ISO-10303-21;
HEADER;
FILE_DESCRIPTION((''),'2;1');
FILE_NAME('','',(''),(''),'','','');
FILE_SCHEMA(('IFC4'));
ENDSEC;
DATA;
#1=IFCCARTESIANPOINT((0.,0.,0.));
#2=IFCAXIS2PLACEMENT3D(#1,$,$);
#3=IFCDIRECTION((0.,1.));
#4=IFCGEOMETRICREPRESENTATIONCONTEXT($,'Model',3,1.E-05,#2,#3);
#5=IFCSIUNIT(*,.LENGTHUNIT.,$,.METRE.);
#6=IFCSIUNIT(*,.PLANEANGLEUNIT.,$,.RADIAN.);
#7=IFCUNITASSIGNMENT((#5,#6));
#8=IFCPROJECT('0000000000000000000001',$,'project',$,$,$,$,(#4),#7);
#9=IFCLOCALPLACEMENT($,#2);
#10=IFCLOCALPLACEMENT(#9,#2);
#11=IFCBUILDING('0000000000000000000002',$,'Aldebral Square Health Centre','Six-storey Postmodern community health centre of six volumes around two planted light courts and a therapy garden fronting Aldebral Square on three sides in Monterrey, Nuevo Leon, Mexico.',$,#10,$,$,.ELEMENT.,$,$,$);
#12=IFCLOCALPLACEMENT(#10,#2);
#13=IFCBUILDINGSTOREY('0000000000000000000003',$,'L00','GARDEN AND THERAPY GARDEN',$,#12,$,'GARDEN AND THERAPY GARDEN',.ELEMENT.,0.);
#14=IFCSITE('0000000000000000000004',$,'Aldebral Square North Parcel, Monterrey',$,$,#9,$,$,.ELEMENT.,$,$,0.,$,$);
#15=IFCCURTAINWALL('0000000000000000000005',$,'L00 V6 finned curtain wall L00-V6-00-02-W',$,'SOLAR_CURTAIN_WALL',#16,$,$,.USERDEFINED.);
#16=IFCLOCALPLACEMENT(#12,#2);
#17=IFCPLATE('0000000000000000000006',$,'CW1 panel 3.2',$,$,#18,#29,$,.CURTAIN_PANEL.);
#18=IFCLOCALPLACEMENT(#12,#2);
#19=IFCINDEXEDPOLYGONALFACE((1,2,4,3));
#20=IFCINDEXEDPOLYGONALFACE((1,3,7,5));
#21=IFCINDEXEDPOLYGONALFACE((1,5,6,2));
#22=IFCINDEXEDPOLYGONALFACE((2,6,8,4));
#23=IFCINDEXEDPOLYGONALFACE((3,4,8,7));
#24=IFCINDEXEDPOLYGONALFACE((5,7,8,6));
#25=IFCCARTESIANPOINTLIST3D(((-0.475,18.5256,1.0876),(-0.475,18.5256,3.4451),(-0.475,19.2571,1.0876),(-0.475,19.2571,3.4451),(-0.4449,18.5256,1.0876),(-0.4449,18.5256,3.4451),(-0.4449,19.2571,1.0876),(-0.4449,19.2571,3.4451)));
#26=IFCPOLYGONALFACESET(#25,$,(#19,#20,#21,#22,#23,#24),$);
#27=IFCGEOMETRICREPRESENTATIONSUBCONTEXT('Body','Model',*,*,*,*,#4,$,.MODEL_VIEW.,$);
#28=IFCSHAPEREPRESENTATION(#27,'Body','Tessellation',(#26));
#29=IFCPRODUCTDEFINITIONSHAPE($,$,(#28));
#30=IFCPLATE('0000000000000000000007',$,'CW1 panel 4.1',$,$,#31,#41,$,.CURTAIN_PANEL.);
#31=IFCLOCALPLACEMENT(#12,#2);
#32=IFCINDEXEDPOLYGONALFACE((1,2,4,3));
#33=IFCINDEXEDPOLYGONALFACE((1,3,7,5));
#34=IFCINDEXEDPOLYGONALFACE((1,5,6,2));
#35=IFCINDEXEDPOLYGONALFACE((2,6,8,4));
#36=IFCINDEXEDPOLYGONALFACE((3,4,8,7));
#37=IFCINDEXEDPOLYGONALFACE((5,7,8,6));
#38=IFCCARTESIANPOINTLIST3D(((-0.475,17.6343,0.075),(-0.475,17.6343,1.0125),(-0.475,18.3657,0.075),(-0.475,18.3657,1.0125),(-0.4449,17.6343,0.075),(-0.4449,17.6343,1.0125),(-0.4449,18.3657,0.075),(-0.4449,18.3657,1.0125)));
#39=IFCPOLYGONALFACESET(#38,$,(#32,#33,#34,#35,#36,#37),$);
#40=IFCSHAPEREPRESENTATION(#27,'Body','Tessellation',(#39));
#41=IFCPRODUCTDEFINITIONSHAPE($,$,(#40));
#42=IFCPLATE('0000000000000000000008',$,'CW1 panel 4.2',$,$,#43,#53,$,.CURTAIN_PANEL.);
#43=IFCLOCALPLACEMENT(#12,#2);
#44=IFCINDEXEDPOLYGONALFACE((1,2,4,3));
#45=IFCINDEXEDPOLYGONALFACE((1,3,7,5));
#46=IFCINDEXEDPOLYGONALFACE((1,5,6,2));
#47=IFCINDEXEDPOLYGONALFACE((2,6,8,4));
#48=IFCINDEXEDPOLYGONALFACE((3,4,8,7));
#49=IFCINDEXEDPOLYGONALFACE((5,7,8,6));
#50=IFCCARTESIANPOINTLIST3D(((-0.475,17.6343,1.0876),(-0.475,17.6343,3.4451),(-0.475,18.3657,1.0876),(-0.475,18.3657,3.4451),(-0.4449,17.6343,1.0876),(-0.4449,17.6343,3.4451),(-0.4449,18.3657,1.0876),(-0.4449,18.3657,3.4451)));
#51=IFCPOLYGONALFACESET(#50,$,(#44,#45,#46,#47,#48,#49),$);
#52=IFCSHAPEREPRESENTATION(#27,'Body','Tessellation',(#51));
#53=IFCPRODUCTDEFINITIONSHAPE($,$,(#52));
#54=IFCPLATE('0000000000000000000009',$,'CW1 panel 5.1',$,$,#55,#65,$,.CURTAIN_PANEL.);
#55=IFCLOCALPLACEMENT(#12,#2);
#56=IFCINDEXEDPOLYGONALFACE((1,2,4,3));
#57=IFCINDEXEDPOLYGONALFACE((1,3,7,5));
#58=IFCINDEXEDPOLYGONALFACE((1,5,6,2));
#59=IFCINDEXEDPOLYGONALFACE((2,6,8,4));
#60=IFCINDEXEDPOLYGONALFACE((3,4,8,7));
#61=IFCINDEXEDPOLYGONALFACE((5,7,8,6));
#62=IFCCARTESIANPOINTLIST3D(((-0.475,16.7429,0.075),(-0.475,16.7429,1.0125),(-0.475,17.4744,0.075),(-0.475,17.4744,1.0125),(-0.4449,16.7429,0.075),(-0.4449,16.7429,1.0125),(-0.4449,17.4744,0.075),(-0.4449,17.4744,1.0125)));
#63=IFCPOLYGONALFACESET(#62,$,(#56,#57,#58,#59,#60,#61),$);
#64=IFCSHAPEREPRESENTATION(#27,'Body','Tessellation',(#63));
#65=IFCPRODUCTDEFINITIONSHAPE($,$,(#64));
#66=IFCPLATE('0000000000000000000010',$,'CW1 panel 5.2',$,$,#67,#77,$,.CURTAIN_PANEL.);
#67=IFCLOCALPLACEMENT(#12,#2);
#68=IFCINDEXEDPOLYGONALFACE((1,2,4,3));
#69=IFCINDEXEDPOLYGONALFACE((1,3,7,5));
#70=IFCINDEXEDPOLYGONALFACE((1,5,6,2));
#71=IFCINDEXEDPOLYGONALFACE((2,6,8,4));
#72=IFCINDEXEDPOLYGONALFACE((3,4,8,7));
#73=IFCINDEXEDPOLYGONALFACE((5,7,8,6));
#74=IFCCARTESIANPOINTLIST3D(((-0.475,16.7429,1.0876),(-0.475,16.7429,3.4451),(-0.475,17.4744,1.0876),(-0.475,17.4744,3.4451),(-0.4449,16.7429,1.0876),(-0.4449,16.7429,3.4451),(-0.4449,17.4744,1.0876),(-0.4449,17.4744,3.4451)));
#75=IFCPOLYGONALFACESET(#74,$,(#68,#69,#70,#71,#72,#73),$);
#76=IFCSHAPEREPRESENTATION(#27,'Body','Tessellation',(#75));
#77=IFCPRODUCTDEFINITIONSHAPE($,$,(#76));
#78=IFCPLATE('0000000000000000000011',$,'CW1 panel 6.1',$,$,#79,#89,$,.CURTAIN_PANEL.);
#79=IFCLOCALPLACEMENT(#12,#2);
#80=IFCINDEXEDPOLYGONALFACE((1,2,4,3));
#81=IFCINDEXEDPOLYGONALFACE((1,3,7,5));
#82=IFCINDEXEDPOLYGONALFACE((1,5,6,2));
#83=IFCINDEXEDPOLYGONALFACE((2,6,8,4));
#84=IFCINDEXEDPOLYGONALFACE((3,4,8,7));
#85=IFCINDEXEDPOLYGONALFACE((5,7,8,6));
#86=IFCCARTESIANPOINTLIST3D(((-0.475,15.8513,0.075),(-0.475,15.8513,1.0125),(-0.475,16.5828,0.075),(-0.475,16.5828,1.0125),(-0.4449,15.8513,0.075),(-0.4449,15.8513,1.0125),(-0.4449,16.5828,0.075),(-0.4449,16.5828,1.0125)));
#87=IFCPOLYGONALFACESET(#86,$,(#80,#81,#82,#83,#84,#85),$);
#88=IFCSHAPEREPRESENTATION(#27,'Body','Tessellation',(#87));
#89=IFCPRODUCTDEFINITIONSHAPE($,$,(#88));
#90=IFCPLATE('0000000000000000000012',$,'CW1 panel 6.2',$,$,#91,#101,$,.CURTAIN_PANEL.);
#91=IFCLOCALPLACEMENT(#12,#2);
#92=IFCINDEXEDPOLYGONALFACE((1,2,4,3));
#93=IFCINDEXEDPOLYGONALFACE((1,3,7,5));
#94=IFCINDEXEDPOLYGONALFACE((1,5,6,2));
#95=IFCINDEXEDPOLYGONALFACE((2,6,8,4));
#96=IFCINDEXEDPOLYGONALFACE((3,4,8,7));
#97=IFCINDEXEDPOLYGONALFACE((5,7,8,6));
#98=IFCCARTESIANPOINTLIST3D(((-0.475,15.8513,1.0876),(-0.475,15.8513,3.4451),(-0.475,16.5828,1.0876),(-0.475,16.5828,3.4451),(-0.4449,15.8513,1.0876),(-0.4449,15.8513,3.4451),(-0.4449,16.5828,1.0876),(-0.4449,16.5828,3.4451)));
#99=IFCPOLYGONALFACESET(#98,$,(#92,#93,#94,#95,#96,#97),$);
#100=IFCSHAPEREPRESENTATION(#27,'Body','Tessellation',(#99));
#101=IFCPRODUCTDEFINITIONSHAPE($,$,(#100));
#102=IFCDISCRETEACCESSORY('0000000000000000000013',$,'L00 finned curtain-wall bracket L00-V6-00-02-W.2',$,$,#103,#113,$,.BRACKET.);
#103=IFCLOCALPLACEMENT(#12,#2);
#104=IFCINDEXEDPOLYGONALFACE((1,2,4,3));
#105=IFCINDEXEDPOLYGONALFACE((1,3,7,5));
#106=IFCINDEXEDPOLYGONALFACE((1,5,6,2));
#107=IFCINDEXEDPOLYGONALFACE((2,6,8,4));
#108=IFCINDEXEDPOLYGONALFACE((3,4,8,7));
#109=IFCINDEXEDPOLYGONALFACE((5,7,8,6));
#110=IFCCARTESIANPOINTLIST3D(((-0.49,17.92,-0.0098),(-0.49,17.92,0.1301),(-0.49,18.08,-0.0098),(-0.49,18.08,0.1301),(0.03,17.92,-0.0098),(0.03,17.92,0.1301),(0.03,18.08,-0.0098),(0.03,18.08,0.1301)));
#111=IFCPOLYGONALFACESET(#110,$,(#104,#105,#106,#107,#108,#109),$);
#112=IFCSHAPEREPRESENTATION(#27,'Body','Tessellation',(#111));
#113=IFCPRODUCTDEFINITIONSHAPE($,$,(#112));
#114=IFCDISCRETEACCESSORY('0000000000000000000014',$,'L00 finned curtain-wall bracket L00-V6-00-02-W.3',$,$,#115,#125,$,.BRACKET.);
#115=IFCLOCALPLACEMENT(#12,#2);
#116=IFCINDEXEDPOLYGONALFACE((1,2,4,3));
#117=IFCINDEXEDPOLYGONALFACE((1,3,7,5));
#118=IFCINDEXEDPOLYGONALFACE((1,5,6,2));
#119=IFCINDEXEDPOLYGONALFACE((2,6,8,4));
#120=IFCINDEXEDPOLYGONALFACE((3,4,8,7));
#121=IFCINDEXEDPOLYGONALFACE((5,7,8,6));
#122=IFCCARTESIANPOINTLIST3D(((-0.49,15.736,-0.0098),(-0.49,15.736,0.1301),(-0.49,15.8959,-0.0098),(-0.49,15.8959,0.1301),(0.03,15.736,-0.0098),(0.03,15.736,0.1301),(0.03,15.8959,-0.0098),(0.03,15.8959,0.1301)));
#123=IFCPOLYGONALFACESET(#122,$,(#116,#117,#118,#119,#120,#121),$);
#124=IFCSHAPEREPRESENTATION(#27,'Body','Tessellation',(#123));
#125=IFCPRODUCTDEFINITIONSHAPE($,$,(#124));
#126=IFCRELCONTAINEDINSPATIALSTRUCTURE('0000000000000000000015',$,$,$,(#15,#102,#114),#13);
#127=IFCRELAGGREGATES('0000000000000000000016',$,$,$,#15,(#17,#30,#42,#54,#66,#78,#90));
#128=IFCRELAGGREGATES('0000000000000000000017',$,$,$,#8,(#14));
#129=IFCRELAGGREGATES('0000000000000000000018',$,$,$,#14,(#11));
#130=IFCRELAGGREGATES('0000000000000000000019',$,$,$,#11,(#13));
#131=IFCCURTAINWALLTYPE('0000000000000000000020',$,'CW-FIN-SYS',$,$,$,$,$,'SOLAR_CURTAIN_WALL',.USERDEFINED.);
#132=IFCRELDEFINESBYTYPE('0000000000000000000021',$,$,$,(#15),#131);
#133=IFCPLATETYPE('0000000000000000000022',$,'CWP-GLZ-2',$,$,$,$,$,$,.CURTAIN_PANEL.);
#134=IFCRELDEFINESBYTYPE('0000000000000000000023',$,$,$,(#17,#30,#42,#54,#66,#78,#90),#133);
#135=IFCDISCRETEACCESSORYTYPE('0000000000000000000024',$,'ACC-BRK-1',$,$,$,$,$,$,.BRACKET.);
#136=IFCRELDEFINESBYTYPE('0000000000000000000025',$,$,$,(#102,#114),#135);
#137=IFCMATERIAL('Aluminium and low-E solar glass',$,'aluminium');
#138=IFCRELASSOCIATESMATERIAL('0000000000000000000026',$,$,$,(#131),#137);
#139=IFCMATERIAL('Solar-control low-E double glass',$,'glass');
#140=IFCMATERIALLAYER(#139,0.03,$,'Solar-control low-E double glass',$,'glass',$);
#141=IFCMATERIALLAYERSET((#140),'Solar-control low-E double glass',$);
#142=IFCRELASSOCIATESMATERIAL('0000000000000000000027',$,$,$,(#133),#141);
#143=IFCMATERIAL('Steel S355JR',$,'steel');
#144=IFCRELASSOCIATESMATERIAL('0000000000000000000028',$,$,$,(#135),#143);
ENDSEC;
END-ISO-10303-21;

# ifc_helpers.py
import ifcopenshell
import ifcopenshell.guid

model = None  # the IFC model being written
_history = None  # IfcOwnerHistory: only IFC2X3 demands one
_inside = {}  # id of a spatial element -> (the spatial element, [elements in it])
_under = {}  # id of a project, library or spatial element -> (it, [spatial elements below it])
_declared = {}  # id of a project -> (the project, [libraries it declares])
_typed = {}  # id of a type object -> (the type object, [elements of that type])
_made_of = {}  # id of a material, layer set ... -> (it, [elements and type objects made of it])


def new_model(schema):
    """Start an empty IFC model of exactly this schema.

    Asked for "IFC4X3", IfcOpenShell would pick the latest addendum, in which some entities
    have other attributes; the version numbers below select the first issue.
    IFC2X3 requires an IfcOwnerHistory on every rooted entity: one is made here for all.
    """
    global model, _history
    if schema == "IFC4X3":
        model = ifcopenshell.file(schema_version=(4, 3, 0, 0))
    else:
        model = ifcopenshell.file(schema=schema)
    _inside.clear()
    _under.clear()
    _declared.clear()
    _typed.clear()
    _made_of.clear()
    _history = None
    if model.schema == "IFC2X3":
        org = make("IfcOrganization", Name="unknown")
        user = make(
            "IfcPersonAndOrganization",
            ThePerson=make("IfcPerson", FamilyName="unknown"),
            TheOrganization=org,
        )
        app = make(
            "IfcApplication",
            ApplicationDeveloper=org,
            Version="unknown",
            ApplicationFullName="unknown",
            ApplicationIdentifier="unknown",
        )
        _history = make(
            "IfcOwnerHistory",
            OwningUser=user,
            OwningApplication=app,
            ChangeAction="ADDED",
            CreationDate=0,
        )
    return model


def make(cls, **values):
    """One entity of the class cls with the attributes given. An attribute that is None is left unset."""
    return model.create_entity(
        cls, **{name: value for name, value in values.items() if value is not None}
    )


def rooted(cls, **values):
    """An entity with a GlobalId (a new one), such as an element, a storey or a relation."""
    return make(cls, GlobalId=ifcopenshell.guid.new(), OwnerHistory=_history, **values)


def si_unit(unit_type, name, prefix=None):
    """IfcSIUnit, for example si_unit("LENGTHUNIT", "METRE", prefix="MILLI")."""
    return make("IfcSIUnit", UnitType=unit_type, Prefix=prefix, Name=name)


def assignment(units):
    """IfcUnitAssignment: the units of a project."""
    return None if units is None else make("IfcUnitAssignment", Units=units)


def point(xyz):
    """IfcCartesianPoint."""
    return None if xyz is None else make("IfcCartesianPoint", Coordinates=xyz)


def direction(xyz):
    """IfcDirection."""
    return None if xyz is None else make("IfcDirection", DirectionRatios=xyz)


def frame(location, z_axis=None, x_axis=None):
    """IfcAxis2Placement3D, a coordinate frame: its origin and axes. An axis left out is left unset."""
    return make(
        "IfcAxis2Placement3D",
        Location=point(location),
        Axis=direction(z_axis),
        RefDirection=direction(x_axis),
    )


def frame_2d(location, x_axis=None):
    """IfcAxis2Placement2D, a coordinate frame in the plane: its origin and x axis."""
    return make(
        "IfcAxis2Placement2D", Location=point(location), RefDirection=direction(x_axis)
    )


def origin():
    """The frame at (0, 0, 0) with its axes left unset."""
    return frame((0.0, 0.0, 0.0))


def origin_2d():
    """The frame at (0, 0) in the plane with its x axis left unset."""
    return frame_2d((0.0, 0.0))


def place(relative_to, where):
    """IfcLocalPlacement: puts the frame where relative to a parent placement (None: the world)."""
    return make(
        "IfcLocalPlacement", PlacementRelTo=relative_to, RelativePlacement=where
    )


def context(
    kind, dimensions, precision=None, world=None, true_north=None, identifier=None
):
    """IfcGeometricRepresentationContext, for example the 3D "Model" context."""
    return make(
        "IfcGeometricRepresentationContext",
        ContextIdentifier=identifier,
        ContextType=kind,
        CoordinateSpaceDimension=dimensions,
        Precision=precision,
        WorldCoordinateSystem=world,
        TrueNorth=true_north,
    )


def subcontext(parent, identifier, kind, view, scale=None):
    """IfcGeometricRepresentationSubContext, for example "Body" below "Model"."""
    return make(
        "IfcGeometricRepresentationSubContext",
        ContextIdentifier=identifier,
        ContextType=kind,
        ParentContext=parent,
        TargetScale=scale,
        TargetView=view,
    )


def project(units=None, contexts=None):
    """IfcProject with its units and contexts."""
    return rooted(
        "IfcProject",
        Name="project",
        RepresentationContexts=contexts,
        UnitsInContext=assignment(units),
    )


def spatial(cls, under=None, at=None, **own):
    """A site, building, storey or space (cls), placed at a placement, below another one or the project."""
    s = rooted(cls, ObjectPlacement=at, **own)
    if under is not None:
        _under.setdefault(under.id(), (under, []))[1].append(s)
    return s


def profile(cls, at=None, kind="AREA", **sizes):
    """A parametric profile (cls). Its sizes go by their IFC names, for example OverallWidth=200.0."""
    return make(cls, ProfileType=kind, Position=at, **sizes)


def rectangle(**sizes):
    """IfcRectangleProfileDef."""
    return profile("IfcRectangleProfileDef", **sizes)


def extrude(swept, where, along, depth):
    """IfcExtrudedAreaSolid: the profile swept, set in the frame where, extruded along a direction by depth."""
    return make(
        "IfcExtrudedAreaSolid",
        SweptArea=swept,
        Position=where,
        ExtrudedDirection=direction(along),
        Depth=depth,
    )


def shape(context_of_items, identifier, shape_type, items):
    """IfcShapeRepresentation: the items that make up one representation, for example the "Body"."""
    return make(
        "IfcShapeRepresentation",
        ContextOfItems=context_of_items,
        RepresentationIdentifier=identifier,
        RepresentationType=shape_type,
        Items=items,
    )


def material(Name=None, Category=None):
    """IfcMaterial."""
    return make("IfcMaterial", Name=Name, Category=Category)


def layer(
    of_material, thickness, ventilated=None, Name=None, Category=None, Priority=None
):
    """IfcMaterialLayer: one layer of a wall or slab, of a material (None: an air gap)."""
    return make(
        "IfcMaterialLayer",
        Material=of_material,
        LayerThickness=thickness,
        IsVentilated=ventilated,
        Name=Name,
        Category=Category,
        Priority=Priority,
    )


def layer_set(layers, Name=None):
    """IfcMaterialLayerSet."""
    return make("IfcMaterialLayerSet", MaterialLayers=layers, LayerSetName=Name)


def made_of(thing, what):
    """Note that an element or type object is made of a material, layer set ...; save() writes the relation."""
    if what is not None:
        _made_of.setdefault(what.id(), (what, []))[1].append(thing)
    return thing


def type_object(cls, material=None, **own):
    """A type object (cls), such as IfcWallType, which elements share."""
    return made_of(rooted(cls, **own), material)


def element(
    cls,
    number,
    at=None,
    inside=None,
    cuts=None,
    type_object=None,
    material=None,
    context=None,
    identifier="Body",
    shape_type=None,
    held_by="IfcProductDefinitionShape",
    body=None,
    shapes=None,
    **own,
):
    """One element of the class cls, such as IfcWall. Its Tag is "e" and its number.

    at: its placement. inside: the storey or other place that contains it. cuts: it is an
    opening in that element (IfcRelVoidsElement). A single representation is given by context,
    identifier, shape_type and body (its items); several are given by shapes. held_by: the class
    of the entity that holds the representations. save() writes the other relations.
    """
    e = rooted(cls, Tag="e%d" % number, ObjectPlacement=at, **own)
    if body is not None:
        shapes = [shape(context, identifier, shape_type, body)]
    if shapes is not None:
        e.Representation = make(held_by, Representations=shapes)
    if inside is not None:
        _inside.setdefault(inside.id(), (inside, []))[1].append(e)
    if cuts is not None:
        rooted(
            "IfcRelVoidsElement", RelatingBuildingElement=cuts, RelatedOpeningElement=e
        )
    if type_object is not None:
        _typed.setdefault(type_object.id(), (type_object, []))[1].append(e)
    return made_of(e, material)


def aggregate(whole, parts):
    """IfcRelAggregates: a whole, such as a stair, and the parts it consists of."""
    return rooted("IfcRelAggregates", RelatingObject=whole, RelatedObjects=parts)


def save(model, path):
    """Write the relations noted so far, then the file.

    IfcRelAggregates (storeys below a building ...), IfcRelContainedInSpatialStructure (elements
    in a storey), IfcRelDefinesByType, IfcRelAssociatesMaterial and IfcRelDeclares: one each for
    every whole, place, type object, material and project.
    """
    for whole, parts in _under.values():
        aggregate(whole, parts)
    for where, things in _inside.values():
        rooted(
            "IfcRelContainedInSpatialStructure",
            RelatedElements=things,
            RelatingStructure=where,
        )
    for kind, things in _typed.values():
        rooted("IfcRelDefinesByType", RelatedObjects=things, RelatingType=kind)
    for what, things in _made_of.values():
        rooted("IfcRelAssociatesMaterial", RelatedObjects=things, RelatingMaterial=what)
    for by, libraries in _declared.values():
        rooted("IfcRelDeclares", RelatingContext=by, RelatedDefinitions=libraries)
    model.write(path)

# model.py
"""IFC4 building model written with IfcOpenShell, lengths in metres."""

from ifc_helpers import new_model, si_unit, direction, frame, origin, origin_2d, place, context, subcontext, project, spatial, rectangle, extrude, material, layer, layer_set, type_object, element, aggregate, save


model = new_model("IFC4")

# Units and contexts
model_context = context("Model", 3, precision=1e-05, world=origin(), true_north=direction((0.0, 1.0)))
body_context = subcontext(model_context, "Body", "Model", "MODEL_VIEW")
ifc_project = project(units=[si_unit("LENGTHUNIT", "METRE"), si_unit("PLANEANGLEUNIT", "RADIAN")], contexts=[model_context])

# Site, building, storey
site_placement = place(None, origin())
site = spatial("IfcSite", under=ifc_project, at=site_placement, Name="Aldebral Square North Parcel, Monterrey", CompositionType="ELEMENT", RefElevation=0.0)
building_placement = place(site_placement, origin())
building = spatial("IfcBuilding", under=site, at=building_placement, Name="Aldebral Square Health Centre", Description="Six-storey Postmodern community health centre of six volumes around two planted light courts and a therapy garden fronting Aldebral Square on three sides in Monterrey, Nuevo Leon, Mexico.", CompositionType="ELEMENT")
storey_placement = place(building_placement, origin())
storey = spatial("IfcBuildingStorey", under=building, at=storey_placement, Name="L00", Description="GARDEN AND THERAPY GARDEN", LongName="GARDEN AND THERAPY GARDEN", CompositionType="ELEMENT", Elevation=0.0)

# Curtain wall, plates
ifc_material_1 = material(Name="Aluminium and low-E solar glass", Category="aluminium")
curtain_wall_type = type_object("IfcCurtainWallType", Name="CW-FIN-SYS", ElementType="SOLAR_CURTAIN_WALL", PredefinedType="USERDEFINED", material=ifc_material_1)
curtain_wall_placement = place(storey_placement, origin())
curtain_wall = element("IfcCurtainWall", 1, at=curtain_wall_placement, inside=storey, type_object=curtain_wall_type, Name="L00 V6 finned curtain wall L00-V6-00-02-W", ObjectType="SOLAR_CURTAIN_WALL", PredefinedType="USERDEFINED")
ifc_material_2 = material(Name="Solar-control low-E double glass", Category="glass")
ifc_layer = layer(ifc_material_2, 0.03, Name="Solar-control low-E double glass", Category="glass")
ifc_layer_set = layer_set([ifc_layer], Name="Solar-control low-E double glass")
plate_type = type_object("IfcPlateType", Name="CWP-GLZ-2", PredefinedType="CURTAIN_PANEL", material=ifc_layer_set)
plate_1_placement = place(storey_placement, frame((-0.46, 18.8914, 1.0876), z_axis=(0.0, 0.0, 1.0), x_axis=(0.0, -1.0, 0.0)))
plate_1 = element("IfcPlate", 2, at=plate_1_placement, type_object=plate_type, Name="CW1 panel 3.2", PredefinedType="CURTAIN_PANEL", context=body_context, shape_type="SweptSolid", body=[
    extrude(rectangle(XDim=0.7314, YDim=0.03, at=origin_2d()), origin(), (0.0, 0.0, 1.0), 2.3574),
])
plate_2_placement = place(storey_placement, frame((-0.46, 18.0, 0.075), z_axis=(0.0, 0.0, 1.0), x_axis=(0.0, -1.0, 0.0)))
plate_2 = element("IfcPlate", 3, at=plate_2_placement, type_object=plate_type, Name="CW1 panel 4.1", PredefinedType="CURTAIN_PANEL", context=body_context, shape_type="SweptSolid", body=[
    extrude(rectangle(XDim=0.7314, YDim=0.03, at=origin_2d()), origin(), (0.0, 0.0, 1.0), 0.9375),
])
plate_3_placement = place(storey_placement, frame((-0.46, 18.0, 1.0876), z_axis=(0.0, 0.0, 1.0), x_axis=(0.0, -1.0, 0.0)))
plate_3 = element("IfcPlate", 4, at=plate_3_placement, type_object=plate_type, Name="CW1 panel 4.2", PredefinedType="CURTAIN_PANEL", context=body_context, shape_type="SweptSolid", body=[
    extrude(rectangle(XDim=0.7314, YDim=0.03, at=origin_2d()), origin(), (0.0, 0.0, 1.0), 2.3574),
])
plate_4_placement = place(storey_placement, frame((-0.46, 17.1086, 0.075), z_axis=(0.0, 0.0, 1.0), x_axis=(0.0, -1.0, 0.0)))
plate_4 = element("IfcPlate", 5, at=plate_4_placement, type_object=plate_type, Name="CW1 panel 5.1", PredefinedType="CURTAIN_PANEL", context=body_context, shape_type="SweptSolid", body=[
    extrude(rectangle(XDim=0.7314, YDim=0.03, at=origin_2d()), origin(), (0.0, 0.0, 1.0), 0.9375),
])
plate_5_placement = place(storey_placement, frame((-0.46, 17.1086, 1.0876), z_axis=(0.0, 0.0, 1.0), x_axis=(0.0, -1.0, 0.0)))
plate_5 = element("IfcPlate", 6, at=plate_5_placement, type_object=plate_type, Name="CW1 panel 5.2", PredefinedType="CURTAIN_PANEL", context=body_context, shape_type="SweptSolid", body=[
    extrude(rectangle(XDim=0.7314, YDim=0.03, at=origin_2d()), origin(), (0.0, 0.0, 1.0), 2.3574),
])
plate_6_placement = place(storey_placement, frame((-0.46, 16.217, 0.075), z_axis=(0.0, 0.0, 1.0), x_axis=(0.0, -1.0, 0.0)))
plate_6 = element("IfcPlate", 7, at=plate_6_placement, type_object=plate_type, Name="CW1 panel 6.1", PredefinedType="CURTAIN_PANEL", context=body_context, shape_type="SweptSolid", body=[
    extrude(rectangle(XDim=0.7314, YDim=0.03, at=origin_2d()), origin(), (0.0, 0.0, 1.0), 0.9375),
])
plate_7_placement = place(storey_placement, frame((-0.46, 16.217, 1.0876), z_axis=(0.0, 0.0, 1.0), x_axis=(0.0, -1.0, 0.0)))
plate_7 = element("IfcPlate", 8, at=plate_7_placement, type_object=plate_type, Name="CW1 panel 6.2", PredefinedType="CURTAIN_PANEL", context=body_context, shape_type="SweptSolid", body=[
    extrude(rectangle(XDim=0.7314, YDim=0.03, at=origin_2d()), origin(), (0.0, 0.0, 1.0), 2.3574),
])
aggregate(curtain_wall, [plate_1, plate_2, plate_3, plate_4, plate_5, plate_6, plate_7])

# Discrete accessories
ifc_material_3 = material(Name="Steel S355JR", Category="steel")
discrete_accessory_type = type_object("IfcDiscreteAccessoryType", Name="ACC-BRK-1", PredefinedType="BRACKET", material=ifc_material_3)
for number, where, z_axis, x_axis, name in (
    (9, (-0.23, 18.0, -0.0098), (0.0, 0.0, 1.0), (0.0, 1.0, 0.0), "L00 finned curtain-wall bracket L00-V6-00-02-W.2"),
    (10, (-0.23, 15.8159, -0.0098), (0.0, 0.0, 1.0), (0.0, 1.0, 0.0), "L00 finned curtain-wall bracket L00-V6-00-02-W.3"),
):
    element("IfcDiscreteAccessory", number, at=place(storey_placement, frame(where, z_axis=z_axis, x_axis=x_axis)), inside=storey, type_object=discrete_accessory_type, Name=name, PredefinedType="BRACKET", context=body_context, shape_type="SweptSolid", body=[
        extrude(rectangle(XDim=0.1599, YDim=0.52, at=origin_2d()), origin(), (0.0, 0.0, 1.0), 0.1399),
    ])

save(model, "model.ifc")
